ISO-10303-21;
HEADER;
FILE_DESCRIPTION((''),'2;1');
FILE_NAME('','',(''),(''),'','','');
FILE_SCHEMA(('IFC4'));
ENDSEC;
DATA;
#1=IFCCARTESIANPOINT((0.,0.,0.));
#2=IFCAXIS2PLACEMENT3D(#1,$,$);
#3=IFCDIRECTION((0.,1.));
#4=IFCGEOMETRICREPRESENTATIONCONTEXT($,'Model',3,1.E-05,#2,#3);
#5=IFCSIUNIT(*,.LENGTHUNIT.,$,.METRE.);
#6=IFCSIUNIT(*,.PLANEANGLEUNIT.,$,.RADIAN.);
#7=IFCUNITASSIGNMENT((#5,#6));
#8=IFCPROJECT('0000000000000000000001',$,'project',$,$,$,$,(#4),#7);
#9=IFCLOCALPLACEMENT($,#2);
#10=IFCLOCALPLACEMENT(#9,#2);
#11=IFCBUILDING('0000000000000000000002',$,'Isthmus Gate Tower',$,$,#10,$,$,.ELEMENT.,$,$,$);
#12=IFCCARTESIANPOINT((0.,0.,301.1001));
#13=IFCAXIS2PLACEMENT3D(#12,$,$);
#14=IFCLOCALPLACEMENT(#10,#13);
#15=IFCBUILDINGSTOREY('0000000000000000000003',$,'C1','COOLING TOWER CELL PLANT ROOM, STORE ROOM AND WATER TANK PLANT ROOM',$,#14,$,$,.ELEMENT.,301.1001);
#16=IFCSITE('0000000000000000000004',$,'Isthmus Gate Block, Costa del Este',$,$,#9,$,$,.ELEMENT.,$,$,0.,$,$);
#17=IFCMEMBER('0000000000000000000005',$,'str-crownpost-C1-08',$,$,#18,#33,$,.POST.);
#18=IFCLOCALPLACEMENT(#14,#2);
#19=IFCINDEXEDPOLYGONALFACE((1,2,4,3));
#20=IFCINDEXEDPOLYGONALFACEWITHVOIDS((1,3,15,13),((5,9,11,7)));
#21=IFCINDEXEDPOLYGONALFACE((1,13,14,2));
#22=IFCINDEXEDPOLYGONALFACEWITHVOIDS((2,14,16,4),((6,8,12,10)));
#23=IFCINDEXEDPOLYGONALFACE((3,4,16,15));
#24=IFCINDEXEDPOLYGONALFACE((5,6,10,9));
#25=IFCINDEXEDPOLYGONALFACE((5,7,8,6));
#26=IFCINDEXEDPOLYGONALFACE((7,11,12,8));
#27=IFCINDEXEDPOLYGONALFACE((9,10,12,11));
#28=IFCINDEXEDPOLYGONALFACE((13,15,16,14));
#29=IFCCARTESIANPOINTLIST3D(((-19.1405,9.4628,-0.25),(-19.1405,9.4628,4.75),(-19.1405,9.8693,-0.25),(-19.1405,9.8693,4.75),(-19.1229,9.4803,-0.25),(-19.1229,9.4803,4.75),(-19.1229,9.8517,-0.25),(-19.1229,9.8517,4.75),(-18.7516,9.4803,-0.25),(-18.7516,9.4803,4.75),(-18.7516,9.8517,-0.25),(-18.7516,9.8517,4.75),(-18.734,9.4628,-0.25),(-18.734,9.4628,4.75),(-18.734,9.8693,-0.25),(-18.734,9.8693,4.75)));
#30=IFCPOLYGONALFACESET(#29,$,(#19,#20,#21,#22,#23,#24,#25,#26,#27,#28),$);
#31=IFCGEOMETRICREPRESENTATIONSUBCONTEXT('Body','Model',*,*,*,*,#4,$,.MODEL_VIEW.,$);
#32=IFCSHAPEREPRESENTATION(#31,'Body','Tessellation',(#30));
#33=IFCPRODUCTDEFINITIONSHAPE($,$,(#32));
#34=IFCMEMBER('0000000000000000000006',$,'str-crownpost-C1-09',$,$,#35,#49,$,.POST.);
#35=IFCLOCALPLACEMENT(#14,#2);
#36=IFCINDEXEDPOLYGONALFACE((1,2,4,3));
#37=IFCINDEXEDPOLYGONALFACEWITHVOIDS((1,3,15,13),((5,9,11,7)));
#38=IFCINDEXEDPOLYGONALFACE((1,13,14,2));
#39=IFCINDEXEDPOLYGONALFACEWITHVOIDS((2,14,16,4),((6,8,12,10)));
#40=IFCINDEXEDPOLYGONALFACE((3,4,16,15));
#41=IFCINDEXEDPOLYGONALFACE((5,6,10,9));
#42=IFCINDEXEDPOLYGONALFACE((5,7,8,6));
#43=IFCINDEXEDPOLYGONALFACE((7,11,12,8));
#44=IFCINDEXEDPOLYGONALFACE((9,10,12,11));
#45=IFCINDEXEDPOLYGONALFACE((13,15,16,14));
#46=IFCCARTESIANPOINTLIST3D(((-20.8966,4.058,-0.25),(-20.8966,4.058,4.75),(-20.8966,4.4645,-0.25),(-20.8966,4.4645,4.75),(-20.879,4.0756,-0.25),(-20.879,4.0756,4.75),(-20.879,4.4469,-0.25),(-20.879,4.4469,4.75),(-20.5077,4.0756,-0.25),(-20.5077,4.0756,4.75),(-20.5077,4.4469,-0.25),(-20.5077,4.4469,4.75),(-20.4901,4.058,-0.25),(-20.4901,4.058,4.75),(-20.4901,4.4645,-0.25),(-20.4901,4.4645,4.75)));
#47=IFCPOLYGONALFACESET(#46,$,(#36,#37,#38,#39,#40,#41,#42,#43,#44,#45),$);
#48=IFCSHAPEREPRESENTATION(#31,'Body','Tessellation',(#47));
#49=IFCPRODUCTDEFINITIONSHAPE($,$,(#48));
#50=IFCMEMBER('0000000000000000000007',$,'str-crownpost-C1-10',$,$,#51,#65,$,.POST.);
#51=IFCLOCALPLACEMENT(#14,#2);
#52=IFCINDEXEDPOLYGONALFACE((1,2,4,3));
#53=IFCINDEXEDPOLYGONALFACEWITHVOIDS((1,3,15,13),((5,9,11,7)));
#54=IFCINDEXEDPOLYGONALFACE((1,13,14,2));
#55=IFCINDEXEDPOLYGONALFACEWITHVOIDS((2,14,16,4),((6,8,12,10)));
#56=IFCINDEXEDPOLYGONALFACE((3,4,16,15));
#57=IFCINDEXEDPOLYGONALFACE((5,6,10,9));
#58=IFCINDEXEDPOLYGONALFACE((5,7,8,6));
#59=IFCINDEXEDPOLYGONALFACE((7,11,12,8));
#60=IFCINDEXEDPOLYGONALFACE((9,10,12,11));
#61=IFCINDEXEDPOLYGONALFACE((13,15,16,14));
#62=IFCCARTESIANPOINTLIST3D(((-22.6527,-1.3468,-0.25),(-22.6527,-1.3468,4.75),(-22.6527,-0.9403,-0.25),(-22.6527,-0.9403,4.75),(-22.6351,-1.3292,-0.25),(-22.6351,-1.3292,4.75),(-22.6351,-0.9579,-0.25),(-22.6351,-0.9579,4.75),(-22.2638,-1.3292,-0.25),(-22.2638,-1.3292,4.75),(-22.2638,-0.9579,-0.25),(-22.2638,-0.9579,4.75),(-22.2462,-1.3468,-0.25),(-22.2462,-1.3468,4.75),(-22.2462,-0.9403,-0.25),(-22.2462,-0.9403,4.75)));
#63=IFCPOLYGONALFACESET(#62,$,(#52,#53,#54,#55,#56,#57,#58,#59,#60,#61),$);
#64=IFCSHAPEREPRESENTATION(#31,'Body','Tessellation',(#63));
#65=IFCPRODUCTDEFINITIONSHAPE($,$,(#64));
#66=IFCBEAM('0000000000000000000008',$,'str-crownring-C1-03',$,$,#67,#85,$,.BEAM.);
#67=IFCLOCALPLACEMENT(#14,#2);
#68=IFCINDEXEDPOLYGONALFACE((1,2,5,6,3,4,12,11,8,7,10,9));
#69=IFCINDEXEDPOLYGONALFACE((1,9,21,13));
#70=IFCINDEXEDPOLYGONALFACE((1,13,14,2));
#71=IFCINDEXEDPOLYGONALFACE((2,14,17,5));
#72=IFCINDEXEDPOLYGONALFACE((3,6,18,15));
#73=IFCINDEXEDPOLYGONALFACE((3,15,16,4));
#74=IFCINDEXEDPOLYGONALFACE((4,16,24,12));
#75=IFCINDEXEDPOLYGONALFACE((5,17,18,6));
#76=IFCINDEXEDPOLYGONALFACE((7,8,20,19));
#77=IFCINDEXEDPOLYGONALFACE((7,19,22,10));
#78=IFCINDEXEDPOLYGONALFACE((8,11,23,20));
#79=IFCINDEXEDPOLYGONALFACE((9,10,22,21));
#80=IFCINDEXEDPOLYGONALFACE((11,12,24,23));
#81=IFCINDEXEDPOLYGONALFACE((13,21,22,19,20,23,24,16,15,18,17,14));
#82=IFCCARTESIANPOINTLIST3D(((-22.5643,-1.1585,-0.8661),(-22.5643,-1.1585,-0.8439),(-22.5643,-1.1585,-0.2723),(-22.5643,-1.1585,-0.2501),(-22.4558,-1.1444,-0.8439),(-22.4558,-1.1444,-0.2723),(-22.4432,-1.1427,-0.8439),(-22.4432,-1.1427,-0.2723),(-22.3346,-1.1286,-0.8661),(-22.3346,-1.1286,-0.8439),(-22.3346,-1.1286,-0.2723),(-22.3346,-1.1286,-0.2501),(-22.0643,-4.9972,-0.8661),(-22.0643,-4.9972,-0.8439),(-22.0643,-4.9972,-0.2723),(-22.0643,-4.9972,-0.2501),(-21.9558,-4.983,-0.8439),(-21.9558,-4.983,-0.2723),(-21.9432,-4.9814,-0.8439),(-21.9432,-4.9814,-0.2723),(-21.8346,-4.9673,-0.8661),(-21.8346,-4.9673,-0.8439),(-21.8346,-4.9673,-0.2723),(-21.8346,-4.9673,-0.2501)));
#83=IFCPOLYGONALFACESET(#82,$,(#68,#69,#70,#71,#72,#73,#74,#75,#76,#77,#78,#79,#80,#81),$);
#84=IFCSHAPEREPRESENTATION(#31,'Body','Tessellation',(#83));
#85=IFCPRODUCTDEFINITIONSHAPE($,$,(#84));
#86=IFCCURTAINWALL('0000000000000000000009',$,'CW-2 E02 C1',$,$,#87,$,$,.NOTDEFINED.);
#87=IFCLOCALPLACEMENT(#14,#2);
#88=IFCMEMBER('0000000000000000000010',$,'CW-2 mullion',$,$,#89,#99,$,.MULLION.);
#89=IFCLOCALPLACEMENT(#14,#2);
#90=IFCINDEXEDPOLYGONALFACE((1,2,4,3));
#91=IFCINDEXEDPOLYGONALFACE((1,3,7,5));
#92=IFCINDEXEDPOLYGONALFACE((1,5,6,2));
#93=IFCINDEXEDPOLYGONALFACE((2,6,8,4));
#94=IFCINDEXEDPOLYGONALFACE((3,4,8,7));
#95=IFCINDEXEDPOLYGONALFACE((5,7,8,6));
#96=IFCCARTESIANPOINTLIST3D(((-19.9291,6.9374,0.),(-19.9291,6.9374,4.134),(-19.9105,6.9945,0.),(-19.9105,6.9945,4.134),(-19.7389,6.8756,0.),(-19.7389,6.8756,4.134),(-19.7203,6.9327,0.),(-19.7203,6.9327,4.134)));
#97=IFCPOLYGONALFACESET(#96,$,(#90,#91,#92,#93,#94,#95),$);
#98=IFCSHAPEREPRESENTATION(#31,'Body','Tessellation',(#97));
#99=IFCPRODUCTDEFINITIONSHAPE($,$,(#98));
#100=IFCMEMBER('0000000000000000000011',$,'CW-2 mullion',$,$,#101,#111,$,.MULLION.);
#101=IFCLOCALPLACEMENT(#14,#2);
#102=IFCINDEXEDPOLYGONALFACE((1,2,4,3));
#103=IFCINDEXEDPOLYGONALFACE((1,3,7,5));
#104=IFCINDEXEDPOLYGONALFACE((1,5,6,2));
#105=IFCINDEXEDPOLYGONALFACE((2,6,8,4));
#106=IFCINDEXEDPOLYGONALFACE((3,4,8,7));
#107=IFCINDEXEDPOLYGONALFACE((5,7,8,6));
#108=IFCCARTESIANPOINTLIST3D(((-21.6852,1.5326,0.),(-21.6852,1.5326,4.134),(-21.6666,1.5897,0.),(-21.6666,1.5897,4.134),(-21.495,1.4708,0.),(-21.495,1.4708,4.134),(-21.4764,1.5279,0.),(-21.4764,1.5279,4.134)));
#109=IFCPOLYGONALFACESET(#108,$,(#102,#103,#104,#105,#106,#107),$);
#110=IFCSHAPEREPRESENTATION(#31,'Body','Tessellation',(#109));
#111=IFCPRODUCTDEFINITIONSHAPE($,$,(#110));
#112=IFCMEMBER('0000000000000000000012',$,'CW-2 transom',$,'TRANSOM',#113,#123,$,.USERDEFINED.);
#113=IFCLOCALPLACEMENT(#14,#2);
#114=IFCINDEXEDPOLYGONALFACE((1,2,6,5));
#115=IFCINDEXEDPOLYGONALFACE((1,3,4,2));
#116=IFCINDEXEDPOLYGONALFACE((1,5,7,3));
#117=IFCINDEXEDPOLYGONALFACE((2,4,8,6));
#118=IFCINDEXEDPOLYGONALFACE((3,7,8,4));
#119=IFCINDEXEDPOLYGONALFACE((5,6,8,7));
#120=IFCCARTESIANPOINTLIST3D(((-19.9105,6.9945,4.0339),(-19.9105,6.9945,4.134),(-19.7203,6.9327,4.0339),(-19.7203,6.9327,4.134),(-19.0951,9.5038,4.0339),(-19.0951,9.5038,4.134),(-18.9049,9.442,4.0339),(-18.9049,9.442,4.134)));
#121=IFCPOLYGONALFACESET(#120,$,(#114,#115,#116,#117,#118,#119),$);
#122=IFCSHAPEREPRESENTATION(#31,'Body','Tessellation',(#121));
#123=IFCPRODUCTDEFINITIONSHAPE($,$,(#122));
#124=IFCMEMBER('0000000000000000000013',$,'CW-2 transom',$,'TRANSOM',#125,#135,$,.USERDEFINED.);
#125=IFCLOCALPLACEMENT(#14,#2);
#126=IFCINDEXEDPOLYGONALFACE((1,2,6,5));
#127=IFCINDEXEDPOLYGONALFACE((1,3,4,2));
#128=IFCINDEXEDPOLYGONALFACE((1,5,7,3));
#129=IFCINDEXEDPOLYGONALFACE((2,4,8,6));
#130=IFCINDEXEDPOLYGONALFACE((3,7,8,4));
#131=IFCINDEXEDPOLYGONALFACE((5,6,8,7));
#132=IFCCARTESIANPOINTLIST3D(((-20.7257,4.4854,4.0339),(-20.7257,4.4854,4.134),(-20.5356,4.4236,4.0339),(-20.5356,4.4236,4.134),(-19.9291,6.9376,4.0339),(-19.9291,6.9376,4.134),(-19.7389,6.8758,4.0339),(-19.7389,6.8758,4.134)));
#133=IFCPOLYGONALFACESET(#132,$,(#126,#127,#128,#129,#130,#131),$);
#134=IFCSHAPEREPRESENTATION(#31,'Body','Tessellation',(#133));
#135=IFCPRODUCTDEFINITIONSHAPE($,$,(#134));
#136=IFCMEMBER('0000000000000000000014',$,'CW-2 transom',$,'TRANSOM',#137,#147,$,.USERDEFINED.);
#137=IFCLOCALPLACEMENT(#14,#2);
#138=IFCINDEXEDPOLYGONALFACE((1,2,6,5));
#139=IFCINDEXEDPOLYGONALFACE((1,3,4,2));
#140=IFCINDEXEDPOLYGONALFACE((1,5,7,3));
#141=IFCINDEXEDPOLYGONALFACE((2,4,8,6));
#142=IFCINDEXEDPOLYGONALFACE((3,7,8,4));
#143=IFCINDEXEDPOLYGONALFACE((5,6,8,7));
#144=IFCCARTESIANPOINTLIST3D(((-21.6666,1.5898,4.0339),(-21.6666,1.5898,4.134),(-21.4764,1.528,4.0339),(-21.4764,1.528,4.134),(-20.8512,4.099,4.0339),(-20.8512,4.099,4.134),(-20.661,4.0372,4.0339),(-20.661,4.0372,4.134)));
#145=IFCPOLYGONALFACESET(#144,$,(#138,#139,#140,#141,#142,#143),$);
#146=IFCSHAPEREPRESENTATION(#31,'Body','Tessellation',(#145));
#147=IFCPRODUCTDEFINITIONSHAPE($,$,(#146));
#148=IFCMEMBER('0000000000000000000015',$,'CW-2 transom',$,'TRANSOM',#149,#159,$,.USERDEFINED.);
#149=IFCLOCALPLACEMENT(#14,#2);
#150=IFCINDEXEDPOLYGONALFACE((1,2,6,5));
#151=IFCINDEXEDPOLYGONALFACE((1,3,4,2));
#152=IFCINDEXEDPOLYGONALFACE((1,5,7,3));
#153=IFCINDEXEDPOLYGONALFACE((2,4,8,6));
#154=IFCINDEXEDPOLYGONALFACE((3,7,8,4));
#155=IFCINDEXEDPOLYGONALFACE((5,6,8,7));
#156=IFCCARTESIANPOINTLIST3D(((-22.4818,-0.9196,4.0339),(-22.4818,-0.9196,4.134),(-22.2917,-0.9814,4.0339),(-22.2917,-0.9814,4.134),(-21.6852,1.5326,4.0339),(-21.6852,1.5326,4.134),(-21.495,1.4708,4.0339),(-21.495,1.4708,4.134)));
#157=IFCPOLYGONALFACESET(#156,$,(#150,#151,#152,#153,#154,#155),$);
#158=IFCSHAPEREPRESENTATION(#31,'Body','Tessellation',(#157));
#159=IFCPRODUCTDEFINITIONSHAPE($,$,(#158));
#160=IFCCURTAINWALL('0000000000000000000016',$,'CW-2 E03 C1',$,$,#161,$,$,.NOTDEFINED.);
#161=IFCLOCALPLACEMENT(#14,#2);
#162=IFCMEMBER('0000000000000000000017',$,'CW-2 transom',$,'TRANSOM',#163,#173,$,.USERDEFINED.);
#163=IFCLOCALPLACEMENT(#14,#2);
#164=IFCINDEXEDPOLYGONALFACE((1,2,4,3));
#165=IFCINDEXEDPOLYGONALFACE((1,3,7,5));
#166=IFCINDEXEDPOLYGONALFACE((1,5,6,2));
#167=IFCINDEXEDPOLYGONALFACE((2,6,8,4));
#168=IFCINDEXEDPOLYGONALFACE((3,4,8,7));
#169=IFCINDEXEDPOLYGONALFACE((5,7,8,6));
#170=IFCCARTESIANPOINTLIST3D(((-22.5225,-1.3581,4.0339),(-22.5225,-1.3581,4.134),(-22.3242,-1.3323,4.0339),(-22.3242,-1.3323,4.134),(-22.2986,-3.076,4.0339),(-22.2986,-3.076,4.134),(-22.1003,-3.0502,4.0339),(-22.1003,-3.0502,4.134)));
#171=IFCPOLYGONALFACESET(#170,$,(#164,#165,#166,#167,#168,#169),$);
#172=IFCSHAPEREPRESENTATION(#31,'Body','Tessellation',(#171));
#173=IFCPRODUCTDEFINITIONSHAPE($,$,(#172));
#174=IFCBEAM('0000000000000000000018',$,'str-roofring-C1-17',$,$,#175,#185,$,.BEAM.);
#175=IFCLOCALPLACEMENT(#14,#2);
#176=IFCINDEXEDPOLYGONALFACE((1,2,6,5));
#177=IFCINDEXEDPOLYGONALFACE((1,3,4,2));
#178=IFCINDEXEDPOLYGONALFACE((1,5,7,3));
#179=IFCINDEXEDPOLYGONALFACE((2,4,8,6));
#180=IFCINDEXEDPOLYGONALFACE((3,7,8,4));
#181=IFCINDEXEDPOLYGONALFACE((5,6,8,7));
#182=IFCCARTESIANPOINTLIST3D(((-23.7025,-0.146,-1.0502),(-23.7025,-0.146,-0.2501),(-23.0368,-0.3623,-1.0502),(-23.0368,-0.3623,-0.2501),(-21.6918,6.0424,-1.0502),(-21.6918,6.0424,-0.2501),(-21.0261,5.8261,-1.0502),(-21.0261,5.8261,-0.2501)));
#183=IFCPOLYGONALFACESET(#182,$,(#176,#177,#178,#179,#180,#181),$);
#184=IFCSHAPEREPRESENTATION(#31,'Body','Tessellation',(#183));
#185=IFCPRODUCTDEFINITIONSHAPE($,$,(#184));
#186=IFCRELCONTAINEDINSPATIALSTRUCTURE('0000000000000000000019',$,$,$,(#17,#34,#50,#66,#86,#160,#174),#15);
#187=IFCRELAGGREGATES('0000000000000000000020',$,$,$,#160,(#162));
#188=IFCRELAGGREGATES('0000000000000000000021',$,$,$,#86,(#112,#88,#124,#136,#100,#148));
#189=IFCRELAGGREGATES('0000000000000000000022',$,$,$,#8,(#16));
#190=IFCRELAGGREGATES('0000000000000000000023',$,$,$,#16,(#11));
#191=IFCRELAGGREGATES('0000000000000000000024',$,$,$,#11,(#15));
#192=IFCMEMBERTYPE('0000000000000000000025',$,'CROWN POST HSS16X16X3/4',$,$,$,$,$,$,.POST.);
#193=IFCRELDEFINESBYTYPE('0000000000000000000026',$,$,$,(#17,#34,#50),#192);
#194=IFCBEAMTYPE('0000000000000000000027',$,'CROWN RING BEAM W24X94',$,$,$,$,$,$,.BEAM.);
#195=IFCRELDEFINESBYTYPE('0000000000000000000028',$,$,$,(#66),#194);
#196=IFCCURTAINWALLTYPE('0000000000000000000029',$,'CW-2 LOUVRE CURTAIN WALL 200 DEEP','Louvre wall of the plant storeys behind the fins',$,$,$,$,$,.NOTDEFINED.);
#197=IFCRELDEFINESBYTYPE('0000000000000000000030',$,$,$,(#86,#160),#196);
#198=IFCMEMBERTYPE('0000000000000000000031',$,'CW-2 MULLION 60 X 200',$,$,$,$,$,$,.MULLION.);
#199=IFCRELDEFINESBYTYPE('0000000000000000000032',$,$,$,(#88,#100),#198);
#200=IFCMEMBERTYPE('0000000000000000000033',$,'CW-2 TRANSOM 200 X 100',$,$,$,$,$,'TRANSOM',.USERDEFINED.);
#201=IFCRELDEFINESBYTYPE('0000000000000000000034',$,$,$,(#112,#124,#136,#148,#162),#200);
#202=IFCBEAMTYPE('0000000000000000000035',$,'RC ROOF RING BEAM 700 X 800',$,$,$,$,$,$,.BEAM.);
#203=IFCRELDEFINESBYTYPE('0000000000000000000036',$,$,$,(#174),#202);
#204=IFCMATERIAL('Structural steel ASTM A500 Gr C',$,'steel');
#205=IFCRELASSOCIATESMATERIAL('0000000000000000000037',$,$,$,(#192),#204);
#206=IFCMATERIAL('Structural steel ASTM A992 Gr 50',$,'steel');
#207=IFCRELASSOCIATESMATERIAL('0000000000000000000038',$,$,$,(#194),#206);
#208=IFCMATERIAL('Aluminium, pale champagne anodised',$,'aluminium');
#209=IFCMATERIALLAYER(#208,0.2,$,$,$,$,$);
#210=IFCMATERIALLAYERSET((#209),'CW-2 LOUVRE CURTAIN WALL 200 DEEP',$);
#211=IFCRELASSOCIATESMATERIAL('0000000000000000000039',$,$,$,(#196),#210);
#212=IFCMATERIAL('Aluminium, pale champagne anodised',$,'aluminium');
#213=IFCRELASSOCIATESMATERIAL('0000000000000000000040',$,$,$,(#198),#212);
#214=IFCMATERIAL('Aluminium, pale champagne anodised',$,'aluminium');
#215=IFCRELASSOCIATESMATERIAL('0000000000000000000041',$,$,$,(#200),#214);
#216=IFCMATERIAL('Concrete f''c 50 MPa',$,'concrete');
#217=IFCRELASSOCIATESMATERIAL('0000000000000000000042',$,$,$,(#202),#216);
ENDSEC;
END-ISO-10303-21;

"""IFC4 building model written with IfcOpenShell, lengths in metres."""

from ifc_helpers import new_model, si_unit, direction, frame, origin, origin_2d, place, context, subcontext, project, spatial, rectangle, hollow_rectangle, i_section, extrude, material, layer, layer_set, material_profile, profile_set, type_object, element, aggregate, save


model = new_model("IFC4")

# Units and contexts
model_context = context("Model", 3, precision=1e-05, world=origin(), true_north=direction((0.0, 1.0)))
body_context = subcontext(model_context, "Body", "Model", "MODEL_VIEW")
ifc_project = project(units=[si_unit("LENGTHUNIT", "METRE"), si_unit("PLANEANGLEUNIT", "RADIAN")], contexts=[model_context])

# Site, building, storey
site_placement = place(None, origin())
site = spatial("IfcSite", under=ifc_project, at=site_placement, Name="Isthmus Gate Block, Costa del Este", CompositionType="ELEMENT", RefElevation=0.0)
building_placement = place(site_placement, origin())
building = spatial("IfcBuilding", under=site, at=building_placement, Name="Isthmus Gate Tower", CompositionType="ELEMENT")
storey_placement = place(building_placement, frame((0.0, 0.0, 301.1001)))
storey = spatial("IfcBuildingStorey", under=building, at=storey_placement, Name="C1", Description="COOLING TOWER CELL PLANT ROOM, STORE ROOM AND WATER TANK PLANT ROOM", CompositionType="ELEMENT", Elevation=301.1001)

# Members
ifc_material_1 = material(Name="Structural steel ASTM A500 Gr C", Category="steel")
ifc_material_profile_1 = material_profile(ifc_material_1, hollow_rectangle(XDim=0.4065, YDim=0.4065, WallThickness=0.0176, at=origin_2d()), Name="HSS16X16X3/4")
ifc_profile_set_1 = profile_set([ifc_material_profile_1], Name="Structural steel ASTM A500 Gr C")
member_type_1 = type_object("IfcMemberType", Name="CROWN POST HSS16X16X3/4", PredefinedType="POST", material=ifc_profile_set_1)
for number, where, z_axis, x_axis, name in (
    (1, (-18.9373, 9.666, -0.25), (0.0, 0.0, 1.0), (1.0, 0.0, 0.0), "str-crownpost-C1-08"),
    (2, (-20.6934, 4.2612, -0.25), (0.0, 0.0, 1.0), (1.0, 0.0, 0.0), "str-crownpost-C1-09"),
    (3, (-22.4495, -1.1436, -0.25), (0.0, 0.0, 1.0), (1.0, 0.0, 0.0), "str-crownpost-C1-10"),
):
    element("IfcMember", number, at=place(storey_placement, frame(where, z_axis=z_axis, x_axis=x_axis)), inside=storey, type_object=member_type_1, Name=name, PredefinedType="POST", context=body_context, shape_type="SweptSolid", body=[
        extrude(hollow_rectangle(XDim=0.4065, YDim=0.4065, WallThickness=0.0176, at=origin_2d()), origin(), (0.0, 0.0, 1.0), 5.0),
    ])

# Beam
ifc_material_2 = material(Name="Structural steel ASTM A992 Gr 50", Category="steel")
ifc_material_profile_2 = material_profile(ifc_material_2, i_section(OverallWidth=0.2317, OverallDepth=0.616, WebThickness=0.0127, FlangeThickness=0.0222, at=origin_2d()), Name="W24X94")
ifc_profile_set_2 = profile_set([ifc_material_profile_2], Name="Structural steel ASTM A992 Gr 50")
beam_type_1 = type_object("IfcBeamType", Name="CROWN RING BEAM W24X94", PredefinedType="BEAM", material=ifc_profile_set_2)
beam_1_placement = place(storey_placement, frame((-22.4495, -1.1436, -0.5581), z_axis=(0.129164, -0.991623, 0.0), x_axis=(0.991623, 0.129164, 0.0)))
element("IfcBeam", 4, at=beam_1_placement, inside=storey, type_object=beam_type_1, Name="str-crownring-C1-03", PredefinedType="BEAM", context=body_context, shape_type="SweptSolid", body=[
    extrude(i_section(OverallWidth=0.2317, OverallDepth=0.616, WebThickness=0.0127, FlangeThickness=0.0222, at=origin_2d()), origin(), (0.0, 0.0, 1.0), 3.8711),
])

# Curtain wall, members
ifc_material_3 = material(Name="Aluminium, pale champagne anodised", Category="aluminium")
ifc_layer_1 = layer(ifc_material_3, 0.2)
ifc_layer_set_1 = layer_set([ifc_layer_1], Name="CW-2 LOUVRE CURTAIN WALL 200 DEEP")
curtain_wall_type = type_object("IfcCurtainWallType", Name="CW-2 LOUVRE CURTAIN WALL 200 DEEP", Description="Louvre wall of the plant storeys behind the fins", PredefinedType="NOTDEFINED", material=ifc_layer_set_1)
curtain_wall_1_placement = place(storey_placement, origin())
curtain_wall_1 = element("IfcCurtainWall", 5, at=curtain_wall_1_placement, inside=storey, type_object=curtain_wall_type, Name="CW-2 E02 C1", PredefinedType="NOTDEFINED")
ifc_material_4 = material(Name="Aluminium, pale champagne anodised", Category="aluminium")
ifc_material_profile_3 = material_profile(ifc_material_4, rectangle(XDim=0.0601, YDim=0.2, at=origin_2d()), Name="60x200")
ifc_profile_set_3 = profile_set([ifc_material_profile_3], Name="Aluminium, pale champagne anodised")
member_type_2 = type_object("IfcMemberType", Name="CW-2 MULLION 60 X 200", PredefinedType="MULLION", material=ifc_profile_set_3)
member_1_placement = place(storey_placement, frame((-19.8247, 6.9351, 0.0), z_axis=(0.0, 0.0, 1.0), x_axis=(-0.309017, -0.951057, 0.0)))
member_1 = element("IfcMember", 6, at=member_1_placement, type_object=member_type_2, Name="CW-2 mullion", PredefinedType="MULLION", context=body_context, shape_type="SweptSolid", body=[
    extrude(rectangle(XDim=0.0601, YDim=0.2, at=origin_2d()), origin(), (0.0, 0.0, 1.0), 4.134),
])
member_2_placement = place(storey_placement, frame((-21.5808, 1.5303, 0.0), z_axis=(0.0, 0.0, 1.0), x_axis=(-0.309017, -0.951057, 0.0)))
member_2 = element("IfcMember", 7, at=member_2_placement, type_object=member_type_2, Name="CW-2 mullion", PredefinedType="MULLION", context=body_context, shape_type="SweptSolid", body=[
    extrude(rectangle(XDim=0.0601, YDim=0.2, at=origin_2d()), origin(), (0.0, 0.0, 1.0), 4.134),
])
ifc_material_5 = material(Name="Aluminium, pale champagne anodised", Category="aluminium")
ifc_material_profile_4 = material_profile(ifc_material_5, rectangle(XDim=0.2, YDim=0.1001, at=origin_2d()), Name="200x100")
ifc_profile_set_4 = profile_set([ifc_material_profile_4], Name="Aluminium, pale champagne anodised")
member_type_3 = type_object("IfcMemberType", Name="CW-2 TRANSOM 200 X 100", ElementType="TRANSOM", PredefinedType="USERDEFINED", material=ifc_profile_set_4)
member_3_placement = place(storey_placement, frame((-19.0, 9.4729, 4.084), z_axis=(-0.309057, -0.951044, 0.0), x_axis=(0.951044, -0.309057, 0.0)))
member_3 = element("IfcMember", 8, at=member_3_placement, type_object=member_type_3, Name="CW-2 transom", ObjectType="TRANSOM", PredefinedType="USERDEFINED", context=body_context, shape_type="SweptSolid", body=[
    extrude(rectangle(XDim=0.2, YDim=0.1001, at=origin_2d()), origin(), (0.0, 0.0, 1.0), 2.6384),
])
member_4_placement = place(storey_placement, frame((-19.834, 6.9067, 4.084), z_axis=(-0.308975, -0.95107, 0.0), x_axis=(0.95107, -0.308975, 0.0)))
member_4 = element("IfcMember", 9, at=member_4_placement, type_object=member_type_3, Name="CW-2 transom", ObjectType="TRANSOM", PredefinedType="USERDEFINED", context=body_context, shape_type="SweptSolid", body=[
    extrude(rectangle(XDim=0.2, YDim=0.1001, at=origin_2d()), origin(), (0.0, 0.0, 1.0), 2.5784),
])
member_5_placement = place(storey_placement, frame((-20.7561, 4.0681, 4.084), z_axis=(-0.309057, -0.951044, 0.0), x_axis=(0.951044, -0.309057, 0.0)))
member_5 = element("IfcMember", 10, at=member_5_placement, type_object=member_type_3, Name="CW-2 transom", ObjectType="TRANSOM", PredefinedType="USERDEFINED", context=body_context, shape_type="SweptSolid", body=[
    extrude(rectangle(XDim=0.2, YDim=0.1001, at=origin_2d()), origin(), (0.0, 0.0, 1.0), 2.6384),
])
member_6_placement = place(storey_placement, frame((-21.5901, 1.5017, 4.084), z_axis=(-0.308975, -0.95107, 0.0), x_axis=(0.95107, -0.308975, 0.0)))
member_6 = element("IfcMember", 11, at=member_6_placement, type_object=member_type_3, Name="CW-2 transom", ObjectType="TRANSOM", PredefinedType="USERDEFINED", context=body_context, shape_type="SweptSolid", body=[
    extrude(rectangle(XDim=0.2, YDim=0.1001, at=origin_2d()), origin(), (0.0, 0.0, 1.0), 2.5784),
])

# Curtain wall, member
curtain_wall_2_placement = place(storey_placement, origin())
curtain_wall_2 = element("IfcCurtainWall", 12, at=curtain_wall_2_placement, inside=storey, type_object=curtain_wall_type, Name="CW-2 E03 C1", PredefinedType="NOTDEFINED")
member_7_placement = place(storey_placement, frame((-22.4233, -1.3452, 4.084), z_axis=(0.129237, -0.991614, 0.0), x_axis=(0.991614, 0.129237, 0.0)))
member_7 = element("IfcMember", 13, at=member_7_placement, type_object=member_type_3, Name="CW-2 transom", ObjectType="TRANSOM", PredefinedType="USERDEFINED", context=body_context, shape_type="SweptSolid", body=[
    extrude(rectangle(XDim=0.2, YDim=0.1001, at=origin_2d()), origin(), (0.0, 0.0, 1.0), 1.7324),
])
aggregate(curtain_wall_2, [member_7])

# Beam
ifc_material_6 = material(Name="Concrete f'c 50 MPa", Category="concrete")
ifc_material_profile_5 = material_profile(ifc_material_6, rectangle(XDim=0.7, YDim=0.8, at=origin_2d()), Name="RC 700X800")
ifc_profile_set_5 = profile_set([ifc_material_profile_5], Name="Concrete f'c 50 MPa")
beam_type_2 = type_object("IfcBeamType", Name="RC ROOF RING BEAM 700 X 800", PredefinedType="BEAM", material=ifc_profile_set_5)
beam_2_placement = place(storey_placement, frame((-23.3696, -0.2542, -0.6501), z_axis=(0.309015, 0.951057, 0.0), x_axis=(-0.951057, 0.309015, 0.0)))
element("IfcBeam", 14, at=beam_2_placement, inside=storey, type_object=beam_type_2, Name="str-roofring-C1-17", PredefinedType="BEAM", context=body_context, shape_type="SweptSolid", body=[
    extrude(rectangle(XDim=0.7, YDim=0.8, at=origin_2d()), origin(), (0.0, 0.0, 1.0), 6.5068),
])

aggregate(curtain_wall_1, [member_3, member_1, member_4, member_5, member_2, member_6])

save(model, "model.ifc")
